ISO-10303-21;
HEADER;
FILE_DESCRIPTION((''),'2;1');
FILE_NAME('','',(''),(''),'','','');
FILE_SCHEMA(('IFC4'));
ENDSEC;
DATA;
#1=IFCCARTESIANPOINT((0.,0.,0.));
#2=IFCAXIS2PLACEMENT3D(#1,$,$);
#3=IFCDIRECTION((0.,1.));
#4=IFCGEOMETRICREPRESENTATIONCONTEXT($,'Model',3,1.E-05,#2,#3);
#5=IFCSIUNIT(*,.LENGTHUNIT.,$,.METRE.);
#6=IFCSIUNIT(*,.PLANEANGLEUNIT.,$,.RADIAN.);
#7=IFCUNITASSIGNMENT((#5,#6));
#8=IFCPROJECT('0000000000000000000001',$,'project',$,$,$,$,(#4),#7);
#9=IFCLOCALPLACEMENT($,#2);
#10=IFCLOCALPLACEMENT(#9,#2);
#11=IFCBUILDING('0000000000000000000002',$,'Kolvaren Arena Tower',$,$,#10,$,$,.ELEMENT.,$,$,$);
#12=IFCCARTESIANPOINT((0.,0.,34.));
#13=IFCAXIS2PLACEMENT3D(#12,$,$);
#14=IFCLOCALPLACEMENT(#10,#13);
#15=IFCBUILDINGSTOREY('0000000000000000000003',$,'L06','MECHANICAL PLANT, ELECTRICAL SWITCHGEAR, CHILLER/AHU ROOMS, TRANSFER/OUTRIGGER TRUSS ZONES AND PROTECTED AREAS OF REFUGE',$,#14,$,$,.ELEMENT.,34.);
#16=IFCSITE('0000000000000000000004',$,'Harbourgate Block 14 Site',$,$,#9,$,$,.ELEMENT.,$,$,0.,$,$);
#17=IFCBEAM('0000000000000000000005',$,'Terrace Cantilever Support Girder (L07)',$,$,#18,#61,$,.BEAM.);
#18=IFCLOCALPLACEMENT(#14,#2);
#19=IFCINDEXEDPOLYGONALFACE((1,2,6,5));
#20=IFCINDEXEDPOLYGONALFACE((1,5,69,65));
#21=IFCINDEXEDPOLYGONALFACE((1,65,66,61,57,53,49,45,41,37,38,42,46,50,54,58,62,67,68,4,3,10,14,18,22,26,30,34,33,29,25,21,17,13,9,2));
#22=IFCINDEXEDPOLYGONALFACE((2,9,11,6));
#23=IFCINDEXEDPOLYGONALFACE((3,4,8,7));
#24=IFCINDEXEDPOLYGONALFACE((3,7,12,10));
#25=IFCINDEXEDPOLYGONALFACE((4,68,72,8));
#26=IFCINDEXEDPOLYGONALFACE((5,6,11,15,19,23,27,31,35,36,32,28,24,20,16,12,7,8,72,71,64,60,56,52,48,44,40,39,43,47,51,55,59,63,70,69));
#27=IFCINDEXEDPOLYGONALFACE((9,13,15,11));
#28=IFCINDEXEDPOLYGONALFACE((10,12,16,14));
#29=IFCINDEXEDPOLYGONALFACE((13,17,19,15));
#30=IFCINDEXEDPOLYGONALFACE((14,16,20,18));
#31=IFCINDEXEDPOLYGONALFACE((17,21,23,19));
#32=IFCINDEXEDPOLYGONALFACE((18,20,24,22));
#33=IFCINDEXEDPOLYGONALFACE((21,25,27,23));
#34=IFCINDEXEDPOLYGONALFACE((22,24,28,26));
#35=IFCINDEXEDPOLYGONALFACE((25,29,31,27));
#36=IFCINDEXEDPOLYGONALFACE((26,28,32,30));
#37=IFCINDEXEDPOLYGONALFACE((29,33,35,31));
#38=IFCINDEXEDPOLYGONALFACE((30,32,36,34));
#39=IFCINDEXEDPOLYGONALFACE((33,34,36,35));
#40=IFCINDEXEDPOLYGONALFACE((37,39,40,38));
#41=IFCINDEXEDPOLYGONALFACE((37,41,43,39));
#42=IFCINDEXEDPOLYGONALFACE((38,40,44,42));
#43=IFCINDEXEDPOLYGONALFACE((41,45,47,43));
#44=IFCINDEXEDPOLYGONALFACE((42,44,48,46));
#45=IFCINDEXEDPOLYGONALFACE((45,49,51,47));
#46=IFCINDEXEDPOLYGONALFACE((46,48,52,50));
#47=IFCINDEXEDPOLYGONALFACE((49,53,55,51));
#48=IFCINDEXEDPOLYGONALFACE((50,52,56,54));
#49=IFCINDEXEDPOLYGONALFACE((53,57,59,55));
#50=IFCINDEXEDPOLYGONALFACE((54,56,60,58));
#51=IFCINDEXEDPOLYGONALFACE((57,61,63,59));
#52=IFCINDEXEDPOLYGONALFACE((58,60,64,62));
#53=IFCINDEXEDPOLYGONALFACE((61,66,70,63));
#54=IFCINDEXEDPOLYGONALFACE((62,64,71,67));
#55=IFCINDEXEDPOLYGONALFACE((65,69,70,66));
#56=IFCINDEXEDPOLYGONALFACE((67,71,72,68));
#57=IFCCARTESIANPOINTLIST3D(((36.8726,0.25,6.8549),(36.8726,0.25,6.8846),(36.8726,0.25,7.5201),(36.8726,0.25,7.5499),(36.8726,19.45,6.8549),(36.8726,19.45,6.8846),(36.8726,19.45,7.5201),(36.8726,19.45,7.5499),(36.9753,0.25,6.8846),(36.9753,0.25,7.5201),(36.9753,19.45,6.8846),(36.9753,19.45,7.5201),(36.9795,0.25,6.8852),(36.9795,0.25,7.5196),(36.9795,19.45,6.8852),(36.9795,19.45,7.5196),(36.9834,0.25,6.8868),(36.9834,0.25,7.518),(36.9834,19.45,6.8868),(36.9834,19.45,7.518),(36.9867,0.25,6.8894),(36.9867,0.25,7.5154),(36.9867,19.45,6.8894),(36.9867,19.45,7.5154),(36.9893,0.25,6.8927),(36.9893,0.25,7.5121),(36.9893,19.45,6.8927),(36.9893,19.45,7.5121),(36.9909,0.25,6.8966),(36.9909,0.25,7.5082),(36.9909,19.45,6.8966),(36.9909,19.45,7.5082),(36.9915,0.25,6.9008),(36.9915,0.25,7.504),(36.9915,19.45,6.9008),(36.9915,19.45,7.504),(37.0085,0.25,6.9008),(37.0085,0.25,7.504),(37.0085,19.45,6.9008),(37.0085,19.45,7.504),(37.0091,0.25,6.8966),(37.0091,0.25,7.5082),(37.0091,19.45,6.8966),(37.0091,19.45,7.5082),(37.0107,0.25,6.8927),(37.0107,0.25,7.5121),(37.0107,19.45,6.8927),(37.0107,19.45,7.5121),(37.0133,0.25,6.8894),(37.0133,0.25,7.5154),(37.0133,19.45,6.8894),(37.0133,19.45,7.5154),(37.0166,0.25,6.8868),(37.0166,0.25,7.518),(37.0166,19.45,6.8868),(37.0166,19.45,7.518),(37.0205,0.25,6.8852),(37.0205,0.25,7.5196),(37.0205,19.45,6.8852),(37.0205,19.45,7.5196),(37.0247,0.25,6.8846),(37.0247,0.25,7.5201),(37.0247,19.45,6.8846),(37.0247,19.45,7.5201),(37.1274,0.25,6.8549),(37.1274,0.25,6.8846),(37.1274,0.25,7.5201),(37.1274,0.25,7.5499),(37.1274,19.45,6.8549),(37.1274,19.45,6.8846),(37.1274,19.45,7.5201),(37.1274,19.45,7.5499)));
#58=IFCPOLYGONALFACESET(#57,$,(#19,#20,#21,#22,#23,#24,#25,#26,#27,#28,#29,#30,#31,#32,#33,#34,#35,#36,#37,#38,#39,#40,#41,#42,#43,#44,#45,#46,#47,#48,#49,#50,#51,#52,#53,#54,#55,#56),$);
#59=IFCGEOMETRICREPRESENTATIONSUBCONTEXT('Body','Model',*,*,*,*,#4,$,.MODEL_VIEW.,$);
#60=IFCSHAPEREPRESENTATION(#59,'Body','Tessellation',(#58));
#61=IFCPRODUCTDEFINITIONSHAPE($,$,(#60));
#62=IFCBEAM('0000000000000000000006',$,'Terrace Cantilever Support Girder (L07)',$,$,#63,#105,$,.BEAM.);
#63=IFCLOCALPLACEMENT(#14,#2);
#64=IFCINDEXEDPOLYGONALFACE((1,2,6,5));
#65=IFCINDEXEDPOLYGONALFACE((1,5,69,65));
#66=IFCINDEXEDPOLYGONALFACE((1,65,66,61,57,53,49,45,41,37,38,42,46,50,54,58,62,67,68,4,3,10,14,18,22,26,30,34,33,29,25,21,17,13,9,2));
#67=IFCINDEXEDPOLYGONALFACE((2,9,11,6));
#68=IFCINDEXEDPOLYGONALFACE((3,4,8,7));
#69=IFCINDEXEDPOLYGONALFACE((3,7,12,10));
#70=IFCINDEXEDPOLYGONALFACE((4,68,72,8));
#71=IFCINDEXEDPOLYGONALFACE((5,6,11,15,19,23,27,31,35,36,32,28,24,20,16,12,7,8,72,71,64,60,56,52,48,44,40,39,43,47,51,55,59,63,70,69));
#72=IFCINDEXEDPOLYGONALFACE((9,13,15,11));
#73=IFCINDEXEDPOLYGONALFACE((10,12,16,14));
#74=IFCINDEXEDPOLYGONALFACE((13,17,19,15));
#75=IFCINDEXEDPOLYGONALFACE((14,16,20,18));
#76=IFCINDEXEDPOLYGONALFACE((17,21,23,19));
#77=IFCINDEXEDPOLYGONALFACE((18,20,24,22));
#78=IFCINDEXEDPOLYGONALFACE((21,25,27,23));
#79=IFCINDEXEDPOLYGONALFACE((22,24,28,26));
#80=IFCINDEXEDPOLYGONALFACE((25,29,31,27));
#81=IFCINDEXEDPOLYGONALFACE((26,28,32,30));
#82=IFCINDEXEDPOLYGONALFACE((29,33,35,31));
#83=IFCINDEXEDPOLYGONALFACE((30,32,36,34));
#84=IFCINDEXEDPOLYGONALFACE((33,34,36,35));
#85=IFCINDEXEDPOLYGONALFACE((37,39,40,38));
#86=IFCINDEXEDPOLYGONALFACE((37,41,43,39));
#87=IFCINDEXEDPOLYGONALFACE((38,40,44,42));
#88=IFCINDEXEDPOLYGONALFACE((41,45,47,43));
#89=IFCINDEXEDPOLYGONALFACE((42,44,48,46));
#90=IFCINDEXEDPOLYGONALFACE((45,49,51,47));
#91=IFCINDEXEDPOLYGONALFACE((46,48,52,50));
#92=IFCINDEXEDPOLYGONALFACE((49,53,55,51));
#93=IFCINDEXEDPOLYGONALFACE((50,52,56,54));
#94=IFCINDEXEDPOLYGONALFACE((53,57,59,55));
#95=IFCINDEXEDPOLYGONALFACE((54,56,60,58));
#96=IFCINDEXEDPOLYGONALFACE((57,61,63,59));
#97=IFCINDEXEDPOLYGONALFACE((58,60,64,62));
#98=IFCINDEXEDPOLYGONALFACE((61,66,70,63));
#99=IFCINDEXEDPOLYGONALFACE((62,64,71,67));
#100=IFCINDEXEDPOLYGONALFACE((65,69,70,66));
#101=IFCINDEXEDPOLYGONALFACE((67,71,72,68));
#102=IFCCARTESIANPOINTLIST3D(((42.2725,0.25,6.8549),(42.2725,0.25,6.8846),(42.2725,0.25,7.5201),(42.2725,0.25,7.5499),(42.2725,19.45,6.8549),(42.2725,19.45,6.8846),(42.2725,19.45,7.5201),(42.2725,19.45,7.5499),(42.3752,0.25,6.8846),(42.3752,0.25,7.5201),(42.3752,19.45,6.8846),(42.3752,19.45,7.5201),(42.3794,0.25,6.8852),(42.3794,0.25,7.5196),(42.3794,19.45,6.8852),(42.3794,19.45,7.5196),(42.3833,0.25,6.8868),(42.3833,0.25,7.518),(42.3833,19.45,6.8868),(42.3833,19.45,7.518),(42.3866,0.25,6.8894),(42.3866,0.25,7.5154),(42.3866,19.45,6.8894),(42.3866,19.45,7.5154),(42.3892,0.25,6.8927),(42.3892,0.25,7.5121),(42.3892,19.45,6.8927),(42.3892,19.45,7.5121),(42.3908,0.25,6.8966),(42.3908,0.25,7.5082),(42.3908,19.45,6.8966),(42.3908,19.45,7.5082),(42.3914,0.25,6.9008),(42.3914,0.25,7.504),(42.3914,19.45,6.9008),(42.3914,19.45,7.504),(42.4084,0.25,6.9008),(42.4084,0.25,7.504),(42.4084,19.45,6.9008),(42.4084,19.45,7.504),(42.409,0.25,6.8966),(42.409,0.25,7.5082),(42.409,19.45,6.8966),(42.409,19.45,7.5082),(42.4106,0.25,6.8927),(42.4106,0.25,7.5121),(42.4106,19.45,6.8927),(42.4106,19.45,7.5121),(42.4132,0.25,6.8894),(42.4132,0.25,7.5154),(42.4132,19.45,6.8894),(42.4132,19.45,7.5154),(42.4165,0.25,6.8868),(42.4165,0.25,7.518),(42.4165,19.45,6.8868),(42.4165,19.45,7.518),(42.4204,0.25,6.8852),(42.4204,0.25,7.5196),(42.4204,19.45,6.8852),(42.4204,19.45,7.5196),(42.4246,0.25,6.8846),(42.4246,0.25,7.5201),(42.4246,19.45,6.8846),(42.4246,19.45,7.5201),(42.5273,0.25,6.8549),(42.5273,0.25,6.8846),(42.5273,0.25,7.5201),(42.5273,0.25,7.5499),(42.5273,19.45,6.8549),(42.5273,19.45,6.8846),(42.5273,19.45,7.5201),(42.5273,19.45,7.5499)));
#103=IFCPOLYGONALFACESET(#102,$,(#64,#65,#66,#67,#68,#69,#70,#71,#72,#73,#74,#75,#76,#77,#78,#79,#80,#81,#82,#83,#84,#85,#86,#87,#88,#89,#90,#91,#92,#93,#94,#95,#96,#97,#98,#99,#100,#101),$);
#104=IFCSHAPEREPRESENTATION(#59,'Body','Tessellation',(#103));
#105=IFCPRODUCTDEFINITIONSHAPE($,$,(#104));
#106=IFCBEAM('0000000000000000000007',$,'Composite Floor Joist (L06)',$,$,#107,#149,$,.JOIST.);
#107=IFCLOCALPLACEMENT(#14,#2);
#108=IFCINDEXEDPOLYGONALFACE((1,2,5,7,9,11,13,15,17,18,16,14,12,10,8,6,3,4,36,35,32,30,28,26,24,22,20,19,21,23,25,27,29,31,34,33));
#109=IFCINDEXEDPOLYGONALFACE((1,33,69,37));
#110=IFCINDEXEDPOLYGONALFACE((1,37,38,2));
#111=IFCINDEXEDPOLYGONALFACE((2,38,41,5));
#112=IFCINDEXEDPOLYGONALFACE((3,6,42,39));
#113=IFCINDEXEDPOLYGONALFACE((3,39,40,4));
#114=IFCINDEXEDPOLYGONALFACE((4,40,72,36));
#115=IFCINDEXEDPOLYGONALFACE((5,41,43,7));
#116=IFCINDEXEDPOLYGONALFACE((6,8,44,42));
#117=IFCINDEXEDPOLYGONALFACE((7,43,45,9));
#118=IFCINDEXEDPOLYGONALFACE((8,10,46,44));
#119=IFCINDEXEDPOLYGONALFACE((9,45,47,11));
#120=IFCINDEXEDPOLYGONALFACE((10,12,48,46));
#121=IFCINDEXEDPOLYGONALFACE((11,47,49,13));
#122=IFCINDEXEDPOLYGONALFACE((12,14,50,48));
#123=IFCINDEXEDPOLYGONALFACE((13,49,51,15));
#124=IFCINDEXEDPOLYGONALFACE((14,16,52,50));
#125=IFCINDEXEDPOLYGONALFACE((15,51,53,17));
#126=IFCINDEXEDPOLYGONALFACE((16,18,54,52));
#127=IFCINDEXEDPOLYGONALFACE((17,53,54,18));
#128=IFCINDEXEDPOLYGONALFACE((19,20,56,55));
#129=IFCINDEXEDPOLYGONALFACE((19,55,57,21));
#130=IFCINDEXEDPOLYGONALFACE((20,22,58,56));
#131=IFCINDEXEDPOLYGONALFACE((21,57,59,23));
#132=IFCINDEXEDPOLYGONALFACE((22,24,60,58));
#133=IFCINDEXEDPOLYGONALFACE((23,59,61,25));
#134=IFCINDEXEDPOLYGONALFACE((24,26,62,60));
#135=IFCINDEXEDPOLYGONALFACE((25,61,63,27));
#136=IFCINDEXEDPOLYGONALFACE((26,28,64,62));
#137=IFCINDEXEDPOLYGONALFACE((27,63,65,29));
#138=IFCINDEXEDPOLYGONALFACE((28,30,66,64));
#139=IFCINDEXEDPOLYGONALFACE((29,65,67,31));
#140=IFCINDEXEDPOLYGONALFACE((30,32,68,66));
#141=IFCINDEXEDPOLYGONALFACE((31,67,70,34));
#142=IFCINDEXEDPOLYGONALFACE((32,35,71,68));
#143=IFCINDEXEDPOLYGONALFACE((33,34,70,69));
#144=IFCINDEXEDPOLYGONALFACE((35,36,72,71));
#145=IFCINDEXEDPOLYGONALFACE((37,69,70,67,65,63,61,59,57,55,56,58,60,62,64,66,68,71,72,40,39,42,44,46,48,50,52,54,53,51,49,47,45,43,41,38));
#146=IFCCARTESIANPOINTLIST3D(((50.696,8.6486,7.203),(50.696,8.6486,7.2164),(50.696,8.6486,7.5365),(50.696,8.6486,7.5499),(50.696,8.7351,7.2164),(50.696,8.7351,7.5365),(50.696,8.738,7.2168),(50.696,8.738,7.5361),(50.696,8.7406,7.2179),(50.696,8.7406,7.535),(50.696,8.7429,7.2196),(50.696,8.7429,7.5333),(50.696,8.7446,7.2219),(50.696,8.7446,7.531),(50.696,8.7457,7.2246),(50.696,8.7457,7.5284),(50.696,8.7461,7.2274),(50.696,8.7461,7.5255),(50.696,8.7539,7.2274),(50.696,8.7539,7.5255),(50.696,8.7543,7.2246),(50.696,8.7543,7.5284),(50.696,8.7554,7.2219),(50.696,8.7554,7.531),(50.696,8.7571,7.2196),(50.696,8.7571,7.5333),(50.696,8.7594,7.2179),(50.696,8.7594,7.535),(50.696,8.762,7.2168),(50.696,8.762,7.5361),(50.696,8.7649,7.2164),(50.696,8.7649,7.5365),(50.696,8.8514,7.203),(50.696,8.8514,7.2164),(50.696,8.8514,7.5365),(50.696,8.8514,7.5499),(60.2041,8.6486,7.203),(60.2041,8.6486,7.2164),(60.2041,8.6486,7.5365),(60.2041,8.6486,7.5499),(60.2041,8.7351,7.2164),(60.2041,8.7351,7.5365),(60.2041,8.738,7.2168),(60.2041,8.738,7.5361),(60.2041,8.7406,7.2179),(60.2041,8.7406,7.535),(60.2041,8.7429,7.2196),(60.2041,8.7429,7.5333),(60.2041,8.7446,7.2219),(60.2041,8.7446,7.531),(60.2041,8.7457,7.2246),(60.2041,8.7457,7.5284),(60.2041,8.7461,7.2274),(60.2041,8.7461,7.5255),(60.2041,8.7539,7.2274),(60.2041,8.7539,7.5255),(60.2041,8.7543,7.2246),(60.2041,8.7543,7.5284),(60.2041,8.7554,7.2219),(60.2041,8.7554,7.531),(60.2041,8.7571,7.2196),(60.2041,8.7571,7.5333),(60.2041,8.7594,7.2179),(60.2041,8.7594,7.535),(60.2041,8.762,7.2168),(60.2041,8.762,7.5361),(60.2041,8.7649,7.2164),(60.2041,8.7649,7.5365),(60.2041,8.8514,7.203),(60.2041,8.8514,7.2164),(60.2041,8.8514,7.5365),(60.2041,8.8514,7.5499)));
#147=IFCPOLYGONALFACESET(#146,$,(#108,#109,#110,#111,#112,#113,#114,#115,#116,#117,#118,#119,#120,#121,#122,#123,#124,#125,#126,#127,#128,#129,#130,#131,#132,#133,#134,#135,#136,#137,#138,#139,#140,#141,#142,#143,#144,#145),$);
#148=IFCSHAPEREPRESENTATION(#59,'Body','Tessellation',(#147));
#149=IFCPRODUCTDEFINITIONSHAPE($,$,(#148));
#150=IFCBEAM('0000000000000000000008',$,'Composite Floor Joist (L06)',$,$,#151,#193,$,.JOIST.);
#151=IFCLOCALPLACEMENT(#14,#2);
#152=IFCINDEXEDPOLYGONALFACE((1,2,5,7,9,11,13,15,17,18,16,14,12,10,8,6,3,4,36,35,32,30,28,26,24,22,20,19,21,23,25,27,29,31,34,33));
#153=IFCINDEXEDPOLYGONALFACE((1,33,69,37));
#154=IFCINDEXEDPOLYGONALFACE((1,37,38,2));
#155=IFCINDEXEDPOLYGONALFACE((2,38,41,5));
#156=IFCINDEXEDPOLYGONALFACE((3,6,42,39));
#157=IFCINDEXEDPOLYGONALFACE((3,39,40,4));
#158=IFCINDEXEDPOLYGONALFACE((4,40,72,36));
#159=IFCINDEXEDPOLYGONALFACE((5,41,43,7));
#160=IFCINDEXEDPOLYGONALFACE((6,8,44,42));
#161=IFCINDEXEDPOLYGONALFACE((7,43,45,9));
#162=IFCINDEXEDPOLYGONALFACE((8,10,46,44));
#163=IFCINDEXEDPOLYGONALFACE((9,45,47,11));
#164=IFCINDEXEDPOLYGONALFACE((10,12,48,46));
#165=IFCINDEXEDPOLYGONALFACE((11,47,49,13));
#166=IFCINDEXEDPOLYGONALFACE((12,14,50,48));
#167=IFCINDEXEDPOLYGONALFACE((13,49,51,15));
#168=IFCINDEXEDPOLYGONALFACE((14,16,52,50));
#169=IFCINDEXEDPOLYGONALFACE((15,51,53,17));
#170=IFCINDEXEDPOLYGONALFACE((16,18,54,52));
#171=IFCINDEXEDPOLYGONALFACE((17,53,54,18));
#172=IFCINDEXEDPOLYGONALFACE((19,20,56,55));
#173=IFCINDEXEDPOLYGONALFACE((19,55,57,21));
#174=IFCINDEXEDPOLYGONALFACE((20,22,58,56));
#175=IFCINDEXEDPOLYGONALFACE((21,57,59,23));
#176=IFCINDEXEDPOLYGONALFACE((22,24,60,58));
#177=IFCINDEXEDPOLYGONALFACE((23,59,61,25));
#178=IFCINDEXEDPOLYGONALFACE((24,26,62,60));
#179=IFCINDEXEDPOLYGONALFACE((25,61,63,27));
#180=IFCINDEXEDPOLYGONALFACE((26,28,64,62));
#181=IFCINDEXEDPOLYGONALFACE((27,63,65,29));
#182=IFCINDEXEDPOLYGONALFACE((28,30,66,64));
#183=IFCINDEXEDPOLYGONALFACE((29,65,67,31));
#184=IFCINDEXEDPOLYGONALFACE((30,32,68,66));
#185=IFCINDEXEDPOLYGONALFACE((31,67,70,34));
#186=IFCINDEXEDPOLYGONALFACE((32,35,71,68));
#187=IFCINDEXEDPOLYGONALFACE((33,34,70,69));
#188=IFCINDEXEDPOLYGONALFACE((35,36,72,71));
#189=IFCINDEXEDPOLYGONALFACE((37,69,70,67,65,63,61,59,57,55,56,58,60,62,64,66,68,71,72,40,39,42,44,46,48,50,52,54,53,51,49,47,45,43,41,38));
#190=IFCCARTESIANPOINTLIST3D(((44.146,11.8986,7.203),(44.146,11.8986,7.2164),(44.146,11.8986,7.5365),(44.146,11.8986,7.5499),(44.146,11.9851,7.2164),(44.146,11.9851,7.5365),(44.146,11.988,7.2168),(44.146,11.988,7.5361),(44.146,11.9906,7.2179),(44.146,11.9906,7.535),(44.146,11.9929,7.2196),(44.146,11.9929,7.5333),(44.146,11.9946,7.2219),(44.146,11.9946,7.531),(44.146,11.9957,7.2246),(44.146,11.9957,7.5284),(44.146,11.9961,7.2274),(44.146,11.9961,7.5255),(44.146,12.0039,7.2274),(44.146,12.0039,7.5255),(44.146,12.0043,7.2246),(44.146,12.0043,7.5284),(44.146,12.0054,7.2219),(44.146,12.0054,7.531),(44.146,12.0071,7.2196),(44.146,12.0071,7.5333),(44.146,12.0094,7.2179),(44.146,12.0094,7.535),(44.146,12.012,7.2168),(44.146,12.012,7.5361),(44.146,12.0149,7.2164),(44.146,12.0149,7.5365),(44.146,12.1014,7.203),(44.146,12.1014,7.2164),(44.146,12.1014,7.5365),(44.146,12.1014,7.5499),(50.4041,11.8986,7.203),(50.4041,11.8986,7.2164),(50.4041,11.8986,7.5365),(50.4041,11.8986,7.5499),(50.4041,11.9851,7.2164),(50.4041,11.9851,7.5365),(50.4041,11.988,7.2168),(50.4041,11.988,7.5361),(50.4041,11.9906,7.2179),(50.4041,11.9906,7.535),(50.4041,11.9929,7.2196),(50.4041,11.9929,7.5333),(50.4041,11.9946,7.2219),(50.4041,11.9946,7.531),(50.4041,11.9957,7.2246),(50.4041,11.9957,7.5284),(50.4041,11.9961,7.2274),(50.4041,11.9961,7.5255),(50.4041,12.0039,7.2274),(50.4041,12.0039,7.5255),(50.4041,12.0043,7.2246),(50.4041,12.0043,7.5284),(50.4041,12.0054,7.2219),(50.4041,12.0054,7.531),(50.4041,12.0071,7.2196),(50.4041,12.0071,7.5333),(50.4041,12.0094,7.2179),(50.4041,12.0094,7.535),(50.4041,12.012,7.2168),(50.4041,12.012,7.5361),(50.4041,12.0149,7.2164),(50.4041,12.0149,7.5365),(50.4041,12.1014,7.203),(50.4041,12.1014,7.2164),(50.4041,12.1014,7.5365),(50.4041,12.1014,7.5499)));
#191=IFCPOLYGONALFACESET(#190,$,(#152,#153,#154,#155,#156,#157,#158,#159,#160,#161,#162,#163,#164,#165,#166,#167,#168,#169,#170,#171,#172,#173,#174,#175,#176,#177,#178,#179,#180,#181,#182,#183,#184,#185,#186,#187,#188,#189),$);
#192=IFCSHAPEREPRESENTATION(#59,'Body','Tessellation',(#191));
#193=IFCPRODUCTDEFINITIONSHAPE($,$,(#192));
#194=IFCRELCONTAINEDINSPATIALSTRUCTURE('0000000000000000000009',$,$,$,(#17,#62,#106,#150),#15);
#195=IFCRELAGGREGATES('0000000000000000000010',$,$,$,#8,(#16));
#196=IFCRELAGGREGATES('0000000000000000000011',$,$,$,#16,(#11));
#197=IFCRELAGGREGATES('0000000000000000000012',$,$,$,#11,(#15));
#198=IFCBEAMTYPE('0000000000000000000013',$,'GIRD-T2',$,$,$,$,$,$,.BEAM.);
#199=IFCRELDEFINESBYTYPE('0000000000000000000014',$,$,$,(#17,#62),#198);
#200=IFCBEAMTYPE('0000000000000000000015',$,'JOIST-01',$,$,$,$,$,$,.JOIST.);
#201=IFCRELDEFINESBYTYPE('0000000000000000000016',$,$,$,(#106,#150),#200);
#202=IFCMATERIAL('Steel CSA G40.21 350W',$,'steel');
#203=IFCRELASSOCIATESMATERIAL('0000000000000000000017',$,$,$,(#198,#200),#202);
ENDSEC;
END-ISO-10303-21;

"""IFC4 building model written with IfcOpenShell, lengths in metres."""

from ifc_helpers import new_model, si_unit, direction, frame, origin, origin_2d, place, context, subcontext, project, spatial, i_section, extrude, material, material_profile, profile_set, type_object, element, save


model = new_model("IFC4")

# Units and contexts
model_context = context("Model", 3, precision=1e-05, world=origin(), true_north=direction((0.0, 1.0)))
body_context = subcontext(model_context, "Body", "Model", "MODEL_VIEW")
ifc_project = project(units=[si_unit("LENGTHUNIT", "METRE"), si_unit("PLANEANGLEUNIT", "RADIAN")], contexts=[model_context])

# Site, building, storey
site_placement = place(None, origin())
site = spatial("IfcSite", under=ifc_project, at=site_placement, Name="Harbourgate Block 14 Site", CompositionType="ELEMENT", RefElevation=0.0)
building_placement = place(site_placement, origin())
building = spatial("IfcBuilding", under=site, at=building_placement, Name="Kolvaren Arena Tower", CompositionType="ELEMENT")
storey_placement = place(building_placement, frame((0.0, 0.0, 34.0)))
storey = spatial("IfcBuildingStorey", under=building, at=storey_placement, Name="L06", Description="MECHANICAL PLANT, ELECTRICAL SWITCHGEAR, CHILLER/AHU ROOMS, TRANSFER/OUTRIGGER TRUSS ZONES AND PROTECTED AREAS OF REFUGE", CompositionType="ELEMENT", Elevation=34.0)

# Beams
ifc_material_1 = material(Name="Steel CSA G40.21 350W", Category="steel")
ifc_material_profile_1 = material_profile(ifc_material_1, i_section(OverallWidth=0.2549, OverallDepth=0.6951, WebThickness=0.0171, FlangeThickness=0.0298, FilletRadius=0.0161, at=origin_2d()), Name="W690x217")
ifc_profile_set_1 = profile_set([ifc_material_profile_1], Name="Steel CSA G40.21 350W")
beam_type_1 = type_object("IfcBeamType", Name="GIRD-T2", PredefinedType="BEAM", material=ifc_profile_set_1)
for number, where, z_axis, x_axis, name in (
    (1, (37.0, 19.45, 7.2024), (0.0, -1.0, 0.0), (1.0, 0.0, 0.0), "Terrace Cantilever Support Girder (L07)"),
    (2, (42.3999, 19.45, 7.2024), (0.0, -1.0, 0.0), (1.0, 0.0, 0.0), "Terrace Cantilever Support Girder (L07)"),
):
    element("IfcBeam", number, at=place(storey_placement, frame(where, z_axis=z_axis, x_axis=x_axis)), inside=storey, type_object=beam_type_1, Name=name, PredefinedType="BEAM", context=body_context, shape_type="SweptSolid", body=[
        extrude(i_section(OverallWidth=0.2549, OverallDepth=0.6951, WebThickness=0.0171, FlangeThickness=0.0298, FilletRadius=0.0161, at=origin_2d()), origin(), (0.0, 0.0, 1.0), 19.2),
    ])
ifc_material_profile_2 = material_profile(ifc_material_1, i_section(OverallWidth=0.2029, OverallDepth=0.3469, WebThickness=0.0078, FlangeThickness=0.0134, FilletRadius=0.011, at=origin_2d()), Name="W360x64")
ifc_profile_set_2 = profile_set([ifc_material_profile_2], Name="Steel CSA G40.21 350W")
beam_type_2 = type_object("IfcBeamType", Name="JOIST-01", PredefinedType="JOIST", material=ifc_profile_set_2)
beam_1_placement = place(storey_placement, frame((50.696, 8.75, 7.3765), z_axis=(1.0, 0.0, 0.0), x_axis=(0.0, 1.0, 0.0)))
element("IfcBeam", 3, at=beam_1_placement, inside=storey, type_object=beam_type_2, Name="Composite Floor Joist (L06)", PredefinedType="JOIST", context=body_context, shape_type="SweptSolid", body=[
    extrude(i_section(OverallWidth=0.2029, OverallDepth=0.3469, WebThickness=0.0078, FlangeThickness=0.0134, FilletRadius=0.011, at=origin_2d()), origin(), (0.0, 0.0, 1.0), 9.5081),
])
beam_2_placement = place(storey_placement, frame((44.146, 12.0, 7.3765), z_axis=(1.0, 0.0, 0.0), x_axis=(0.0, 1.0, 0.0)))
element("IfcBeam", 4, at=beam_2_placement, inside=storey, type_object=beam_type_2, Name="Composite Floor Joist (L06)", PredefinedType="JOIST", context=body_context, shape_type="SweptSolid", body=[
    extrude(i_section(OverallWidth=0.2029, OverallDepth=0.3469, WebThickness=0.0078, FlangeThickness=0.0134, FilletRadius=0.011, at=origin_2d()), origin(), (0.0, 0.0, 1.0), 6.2581),
])

save(model, "model.ifc")
